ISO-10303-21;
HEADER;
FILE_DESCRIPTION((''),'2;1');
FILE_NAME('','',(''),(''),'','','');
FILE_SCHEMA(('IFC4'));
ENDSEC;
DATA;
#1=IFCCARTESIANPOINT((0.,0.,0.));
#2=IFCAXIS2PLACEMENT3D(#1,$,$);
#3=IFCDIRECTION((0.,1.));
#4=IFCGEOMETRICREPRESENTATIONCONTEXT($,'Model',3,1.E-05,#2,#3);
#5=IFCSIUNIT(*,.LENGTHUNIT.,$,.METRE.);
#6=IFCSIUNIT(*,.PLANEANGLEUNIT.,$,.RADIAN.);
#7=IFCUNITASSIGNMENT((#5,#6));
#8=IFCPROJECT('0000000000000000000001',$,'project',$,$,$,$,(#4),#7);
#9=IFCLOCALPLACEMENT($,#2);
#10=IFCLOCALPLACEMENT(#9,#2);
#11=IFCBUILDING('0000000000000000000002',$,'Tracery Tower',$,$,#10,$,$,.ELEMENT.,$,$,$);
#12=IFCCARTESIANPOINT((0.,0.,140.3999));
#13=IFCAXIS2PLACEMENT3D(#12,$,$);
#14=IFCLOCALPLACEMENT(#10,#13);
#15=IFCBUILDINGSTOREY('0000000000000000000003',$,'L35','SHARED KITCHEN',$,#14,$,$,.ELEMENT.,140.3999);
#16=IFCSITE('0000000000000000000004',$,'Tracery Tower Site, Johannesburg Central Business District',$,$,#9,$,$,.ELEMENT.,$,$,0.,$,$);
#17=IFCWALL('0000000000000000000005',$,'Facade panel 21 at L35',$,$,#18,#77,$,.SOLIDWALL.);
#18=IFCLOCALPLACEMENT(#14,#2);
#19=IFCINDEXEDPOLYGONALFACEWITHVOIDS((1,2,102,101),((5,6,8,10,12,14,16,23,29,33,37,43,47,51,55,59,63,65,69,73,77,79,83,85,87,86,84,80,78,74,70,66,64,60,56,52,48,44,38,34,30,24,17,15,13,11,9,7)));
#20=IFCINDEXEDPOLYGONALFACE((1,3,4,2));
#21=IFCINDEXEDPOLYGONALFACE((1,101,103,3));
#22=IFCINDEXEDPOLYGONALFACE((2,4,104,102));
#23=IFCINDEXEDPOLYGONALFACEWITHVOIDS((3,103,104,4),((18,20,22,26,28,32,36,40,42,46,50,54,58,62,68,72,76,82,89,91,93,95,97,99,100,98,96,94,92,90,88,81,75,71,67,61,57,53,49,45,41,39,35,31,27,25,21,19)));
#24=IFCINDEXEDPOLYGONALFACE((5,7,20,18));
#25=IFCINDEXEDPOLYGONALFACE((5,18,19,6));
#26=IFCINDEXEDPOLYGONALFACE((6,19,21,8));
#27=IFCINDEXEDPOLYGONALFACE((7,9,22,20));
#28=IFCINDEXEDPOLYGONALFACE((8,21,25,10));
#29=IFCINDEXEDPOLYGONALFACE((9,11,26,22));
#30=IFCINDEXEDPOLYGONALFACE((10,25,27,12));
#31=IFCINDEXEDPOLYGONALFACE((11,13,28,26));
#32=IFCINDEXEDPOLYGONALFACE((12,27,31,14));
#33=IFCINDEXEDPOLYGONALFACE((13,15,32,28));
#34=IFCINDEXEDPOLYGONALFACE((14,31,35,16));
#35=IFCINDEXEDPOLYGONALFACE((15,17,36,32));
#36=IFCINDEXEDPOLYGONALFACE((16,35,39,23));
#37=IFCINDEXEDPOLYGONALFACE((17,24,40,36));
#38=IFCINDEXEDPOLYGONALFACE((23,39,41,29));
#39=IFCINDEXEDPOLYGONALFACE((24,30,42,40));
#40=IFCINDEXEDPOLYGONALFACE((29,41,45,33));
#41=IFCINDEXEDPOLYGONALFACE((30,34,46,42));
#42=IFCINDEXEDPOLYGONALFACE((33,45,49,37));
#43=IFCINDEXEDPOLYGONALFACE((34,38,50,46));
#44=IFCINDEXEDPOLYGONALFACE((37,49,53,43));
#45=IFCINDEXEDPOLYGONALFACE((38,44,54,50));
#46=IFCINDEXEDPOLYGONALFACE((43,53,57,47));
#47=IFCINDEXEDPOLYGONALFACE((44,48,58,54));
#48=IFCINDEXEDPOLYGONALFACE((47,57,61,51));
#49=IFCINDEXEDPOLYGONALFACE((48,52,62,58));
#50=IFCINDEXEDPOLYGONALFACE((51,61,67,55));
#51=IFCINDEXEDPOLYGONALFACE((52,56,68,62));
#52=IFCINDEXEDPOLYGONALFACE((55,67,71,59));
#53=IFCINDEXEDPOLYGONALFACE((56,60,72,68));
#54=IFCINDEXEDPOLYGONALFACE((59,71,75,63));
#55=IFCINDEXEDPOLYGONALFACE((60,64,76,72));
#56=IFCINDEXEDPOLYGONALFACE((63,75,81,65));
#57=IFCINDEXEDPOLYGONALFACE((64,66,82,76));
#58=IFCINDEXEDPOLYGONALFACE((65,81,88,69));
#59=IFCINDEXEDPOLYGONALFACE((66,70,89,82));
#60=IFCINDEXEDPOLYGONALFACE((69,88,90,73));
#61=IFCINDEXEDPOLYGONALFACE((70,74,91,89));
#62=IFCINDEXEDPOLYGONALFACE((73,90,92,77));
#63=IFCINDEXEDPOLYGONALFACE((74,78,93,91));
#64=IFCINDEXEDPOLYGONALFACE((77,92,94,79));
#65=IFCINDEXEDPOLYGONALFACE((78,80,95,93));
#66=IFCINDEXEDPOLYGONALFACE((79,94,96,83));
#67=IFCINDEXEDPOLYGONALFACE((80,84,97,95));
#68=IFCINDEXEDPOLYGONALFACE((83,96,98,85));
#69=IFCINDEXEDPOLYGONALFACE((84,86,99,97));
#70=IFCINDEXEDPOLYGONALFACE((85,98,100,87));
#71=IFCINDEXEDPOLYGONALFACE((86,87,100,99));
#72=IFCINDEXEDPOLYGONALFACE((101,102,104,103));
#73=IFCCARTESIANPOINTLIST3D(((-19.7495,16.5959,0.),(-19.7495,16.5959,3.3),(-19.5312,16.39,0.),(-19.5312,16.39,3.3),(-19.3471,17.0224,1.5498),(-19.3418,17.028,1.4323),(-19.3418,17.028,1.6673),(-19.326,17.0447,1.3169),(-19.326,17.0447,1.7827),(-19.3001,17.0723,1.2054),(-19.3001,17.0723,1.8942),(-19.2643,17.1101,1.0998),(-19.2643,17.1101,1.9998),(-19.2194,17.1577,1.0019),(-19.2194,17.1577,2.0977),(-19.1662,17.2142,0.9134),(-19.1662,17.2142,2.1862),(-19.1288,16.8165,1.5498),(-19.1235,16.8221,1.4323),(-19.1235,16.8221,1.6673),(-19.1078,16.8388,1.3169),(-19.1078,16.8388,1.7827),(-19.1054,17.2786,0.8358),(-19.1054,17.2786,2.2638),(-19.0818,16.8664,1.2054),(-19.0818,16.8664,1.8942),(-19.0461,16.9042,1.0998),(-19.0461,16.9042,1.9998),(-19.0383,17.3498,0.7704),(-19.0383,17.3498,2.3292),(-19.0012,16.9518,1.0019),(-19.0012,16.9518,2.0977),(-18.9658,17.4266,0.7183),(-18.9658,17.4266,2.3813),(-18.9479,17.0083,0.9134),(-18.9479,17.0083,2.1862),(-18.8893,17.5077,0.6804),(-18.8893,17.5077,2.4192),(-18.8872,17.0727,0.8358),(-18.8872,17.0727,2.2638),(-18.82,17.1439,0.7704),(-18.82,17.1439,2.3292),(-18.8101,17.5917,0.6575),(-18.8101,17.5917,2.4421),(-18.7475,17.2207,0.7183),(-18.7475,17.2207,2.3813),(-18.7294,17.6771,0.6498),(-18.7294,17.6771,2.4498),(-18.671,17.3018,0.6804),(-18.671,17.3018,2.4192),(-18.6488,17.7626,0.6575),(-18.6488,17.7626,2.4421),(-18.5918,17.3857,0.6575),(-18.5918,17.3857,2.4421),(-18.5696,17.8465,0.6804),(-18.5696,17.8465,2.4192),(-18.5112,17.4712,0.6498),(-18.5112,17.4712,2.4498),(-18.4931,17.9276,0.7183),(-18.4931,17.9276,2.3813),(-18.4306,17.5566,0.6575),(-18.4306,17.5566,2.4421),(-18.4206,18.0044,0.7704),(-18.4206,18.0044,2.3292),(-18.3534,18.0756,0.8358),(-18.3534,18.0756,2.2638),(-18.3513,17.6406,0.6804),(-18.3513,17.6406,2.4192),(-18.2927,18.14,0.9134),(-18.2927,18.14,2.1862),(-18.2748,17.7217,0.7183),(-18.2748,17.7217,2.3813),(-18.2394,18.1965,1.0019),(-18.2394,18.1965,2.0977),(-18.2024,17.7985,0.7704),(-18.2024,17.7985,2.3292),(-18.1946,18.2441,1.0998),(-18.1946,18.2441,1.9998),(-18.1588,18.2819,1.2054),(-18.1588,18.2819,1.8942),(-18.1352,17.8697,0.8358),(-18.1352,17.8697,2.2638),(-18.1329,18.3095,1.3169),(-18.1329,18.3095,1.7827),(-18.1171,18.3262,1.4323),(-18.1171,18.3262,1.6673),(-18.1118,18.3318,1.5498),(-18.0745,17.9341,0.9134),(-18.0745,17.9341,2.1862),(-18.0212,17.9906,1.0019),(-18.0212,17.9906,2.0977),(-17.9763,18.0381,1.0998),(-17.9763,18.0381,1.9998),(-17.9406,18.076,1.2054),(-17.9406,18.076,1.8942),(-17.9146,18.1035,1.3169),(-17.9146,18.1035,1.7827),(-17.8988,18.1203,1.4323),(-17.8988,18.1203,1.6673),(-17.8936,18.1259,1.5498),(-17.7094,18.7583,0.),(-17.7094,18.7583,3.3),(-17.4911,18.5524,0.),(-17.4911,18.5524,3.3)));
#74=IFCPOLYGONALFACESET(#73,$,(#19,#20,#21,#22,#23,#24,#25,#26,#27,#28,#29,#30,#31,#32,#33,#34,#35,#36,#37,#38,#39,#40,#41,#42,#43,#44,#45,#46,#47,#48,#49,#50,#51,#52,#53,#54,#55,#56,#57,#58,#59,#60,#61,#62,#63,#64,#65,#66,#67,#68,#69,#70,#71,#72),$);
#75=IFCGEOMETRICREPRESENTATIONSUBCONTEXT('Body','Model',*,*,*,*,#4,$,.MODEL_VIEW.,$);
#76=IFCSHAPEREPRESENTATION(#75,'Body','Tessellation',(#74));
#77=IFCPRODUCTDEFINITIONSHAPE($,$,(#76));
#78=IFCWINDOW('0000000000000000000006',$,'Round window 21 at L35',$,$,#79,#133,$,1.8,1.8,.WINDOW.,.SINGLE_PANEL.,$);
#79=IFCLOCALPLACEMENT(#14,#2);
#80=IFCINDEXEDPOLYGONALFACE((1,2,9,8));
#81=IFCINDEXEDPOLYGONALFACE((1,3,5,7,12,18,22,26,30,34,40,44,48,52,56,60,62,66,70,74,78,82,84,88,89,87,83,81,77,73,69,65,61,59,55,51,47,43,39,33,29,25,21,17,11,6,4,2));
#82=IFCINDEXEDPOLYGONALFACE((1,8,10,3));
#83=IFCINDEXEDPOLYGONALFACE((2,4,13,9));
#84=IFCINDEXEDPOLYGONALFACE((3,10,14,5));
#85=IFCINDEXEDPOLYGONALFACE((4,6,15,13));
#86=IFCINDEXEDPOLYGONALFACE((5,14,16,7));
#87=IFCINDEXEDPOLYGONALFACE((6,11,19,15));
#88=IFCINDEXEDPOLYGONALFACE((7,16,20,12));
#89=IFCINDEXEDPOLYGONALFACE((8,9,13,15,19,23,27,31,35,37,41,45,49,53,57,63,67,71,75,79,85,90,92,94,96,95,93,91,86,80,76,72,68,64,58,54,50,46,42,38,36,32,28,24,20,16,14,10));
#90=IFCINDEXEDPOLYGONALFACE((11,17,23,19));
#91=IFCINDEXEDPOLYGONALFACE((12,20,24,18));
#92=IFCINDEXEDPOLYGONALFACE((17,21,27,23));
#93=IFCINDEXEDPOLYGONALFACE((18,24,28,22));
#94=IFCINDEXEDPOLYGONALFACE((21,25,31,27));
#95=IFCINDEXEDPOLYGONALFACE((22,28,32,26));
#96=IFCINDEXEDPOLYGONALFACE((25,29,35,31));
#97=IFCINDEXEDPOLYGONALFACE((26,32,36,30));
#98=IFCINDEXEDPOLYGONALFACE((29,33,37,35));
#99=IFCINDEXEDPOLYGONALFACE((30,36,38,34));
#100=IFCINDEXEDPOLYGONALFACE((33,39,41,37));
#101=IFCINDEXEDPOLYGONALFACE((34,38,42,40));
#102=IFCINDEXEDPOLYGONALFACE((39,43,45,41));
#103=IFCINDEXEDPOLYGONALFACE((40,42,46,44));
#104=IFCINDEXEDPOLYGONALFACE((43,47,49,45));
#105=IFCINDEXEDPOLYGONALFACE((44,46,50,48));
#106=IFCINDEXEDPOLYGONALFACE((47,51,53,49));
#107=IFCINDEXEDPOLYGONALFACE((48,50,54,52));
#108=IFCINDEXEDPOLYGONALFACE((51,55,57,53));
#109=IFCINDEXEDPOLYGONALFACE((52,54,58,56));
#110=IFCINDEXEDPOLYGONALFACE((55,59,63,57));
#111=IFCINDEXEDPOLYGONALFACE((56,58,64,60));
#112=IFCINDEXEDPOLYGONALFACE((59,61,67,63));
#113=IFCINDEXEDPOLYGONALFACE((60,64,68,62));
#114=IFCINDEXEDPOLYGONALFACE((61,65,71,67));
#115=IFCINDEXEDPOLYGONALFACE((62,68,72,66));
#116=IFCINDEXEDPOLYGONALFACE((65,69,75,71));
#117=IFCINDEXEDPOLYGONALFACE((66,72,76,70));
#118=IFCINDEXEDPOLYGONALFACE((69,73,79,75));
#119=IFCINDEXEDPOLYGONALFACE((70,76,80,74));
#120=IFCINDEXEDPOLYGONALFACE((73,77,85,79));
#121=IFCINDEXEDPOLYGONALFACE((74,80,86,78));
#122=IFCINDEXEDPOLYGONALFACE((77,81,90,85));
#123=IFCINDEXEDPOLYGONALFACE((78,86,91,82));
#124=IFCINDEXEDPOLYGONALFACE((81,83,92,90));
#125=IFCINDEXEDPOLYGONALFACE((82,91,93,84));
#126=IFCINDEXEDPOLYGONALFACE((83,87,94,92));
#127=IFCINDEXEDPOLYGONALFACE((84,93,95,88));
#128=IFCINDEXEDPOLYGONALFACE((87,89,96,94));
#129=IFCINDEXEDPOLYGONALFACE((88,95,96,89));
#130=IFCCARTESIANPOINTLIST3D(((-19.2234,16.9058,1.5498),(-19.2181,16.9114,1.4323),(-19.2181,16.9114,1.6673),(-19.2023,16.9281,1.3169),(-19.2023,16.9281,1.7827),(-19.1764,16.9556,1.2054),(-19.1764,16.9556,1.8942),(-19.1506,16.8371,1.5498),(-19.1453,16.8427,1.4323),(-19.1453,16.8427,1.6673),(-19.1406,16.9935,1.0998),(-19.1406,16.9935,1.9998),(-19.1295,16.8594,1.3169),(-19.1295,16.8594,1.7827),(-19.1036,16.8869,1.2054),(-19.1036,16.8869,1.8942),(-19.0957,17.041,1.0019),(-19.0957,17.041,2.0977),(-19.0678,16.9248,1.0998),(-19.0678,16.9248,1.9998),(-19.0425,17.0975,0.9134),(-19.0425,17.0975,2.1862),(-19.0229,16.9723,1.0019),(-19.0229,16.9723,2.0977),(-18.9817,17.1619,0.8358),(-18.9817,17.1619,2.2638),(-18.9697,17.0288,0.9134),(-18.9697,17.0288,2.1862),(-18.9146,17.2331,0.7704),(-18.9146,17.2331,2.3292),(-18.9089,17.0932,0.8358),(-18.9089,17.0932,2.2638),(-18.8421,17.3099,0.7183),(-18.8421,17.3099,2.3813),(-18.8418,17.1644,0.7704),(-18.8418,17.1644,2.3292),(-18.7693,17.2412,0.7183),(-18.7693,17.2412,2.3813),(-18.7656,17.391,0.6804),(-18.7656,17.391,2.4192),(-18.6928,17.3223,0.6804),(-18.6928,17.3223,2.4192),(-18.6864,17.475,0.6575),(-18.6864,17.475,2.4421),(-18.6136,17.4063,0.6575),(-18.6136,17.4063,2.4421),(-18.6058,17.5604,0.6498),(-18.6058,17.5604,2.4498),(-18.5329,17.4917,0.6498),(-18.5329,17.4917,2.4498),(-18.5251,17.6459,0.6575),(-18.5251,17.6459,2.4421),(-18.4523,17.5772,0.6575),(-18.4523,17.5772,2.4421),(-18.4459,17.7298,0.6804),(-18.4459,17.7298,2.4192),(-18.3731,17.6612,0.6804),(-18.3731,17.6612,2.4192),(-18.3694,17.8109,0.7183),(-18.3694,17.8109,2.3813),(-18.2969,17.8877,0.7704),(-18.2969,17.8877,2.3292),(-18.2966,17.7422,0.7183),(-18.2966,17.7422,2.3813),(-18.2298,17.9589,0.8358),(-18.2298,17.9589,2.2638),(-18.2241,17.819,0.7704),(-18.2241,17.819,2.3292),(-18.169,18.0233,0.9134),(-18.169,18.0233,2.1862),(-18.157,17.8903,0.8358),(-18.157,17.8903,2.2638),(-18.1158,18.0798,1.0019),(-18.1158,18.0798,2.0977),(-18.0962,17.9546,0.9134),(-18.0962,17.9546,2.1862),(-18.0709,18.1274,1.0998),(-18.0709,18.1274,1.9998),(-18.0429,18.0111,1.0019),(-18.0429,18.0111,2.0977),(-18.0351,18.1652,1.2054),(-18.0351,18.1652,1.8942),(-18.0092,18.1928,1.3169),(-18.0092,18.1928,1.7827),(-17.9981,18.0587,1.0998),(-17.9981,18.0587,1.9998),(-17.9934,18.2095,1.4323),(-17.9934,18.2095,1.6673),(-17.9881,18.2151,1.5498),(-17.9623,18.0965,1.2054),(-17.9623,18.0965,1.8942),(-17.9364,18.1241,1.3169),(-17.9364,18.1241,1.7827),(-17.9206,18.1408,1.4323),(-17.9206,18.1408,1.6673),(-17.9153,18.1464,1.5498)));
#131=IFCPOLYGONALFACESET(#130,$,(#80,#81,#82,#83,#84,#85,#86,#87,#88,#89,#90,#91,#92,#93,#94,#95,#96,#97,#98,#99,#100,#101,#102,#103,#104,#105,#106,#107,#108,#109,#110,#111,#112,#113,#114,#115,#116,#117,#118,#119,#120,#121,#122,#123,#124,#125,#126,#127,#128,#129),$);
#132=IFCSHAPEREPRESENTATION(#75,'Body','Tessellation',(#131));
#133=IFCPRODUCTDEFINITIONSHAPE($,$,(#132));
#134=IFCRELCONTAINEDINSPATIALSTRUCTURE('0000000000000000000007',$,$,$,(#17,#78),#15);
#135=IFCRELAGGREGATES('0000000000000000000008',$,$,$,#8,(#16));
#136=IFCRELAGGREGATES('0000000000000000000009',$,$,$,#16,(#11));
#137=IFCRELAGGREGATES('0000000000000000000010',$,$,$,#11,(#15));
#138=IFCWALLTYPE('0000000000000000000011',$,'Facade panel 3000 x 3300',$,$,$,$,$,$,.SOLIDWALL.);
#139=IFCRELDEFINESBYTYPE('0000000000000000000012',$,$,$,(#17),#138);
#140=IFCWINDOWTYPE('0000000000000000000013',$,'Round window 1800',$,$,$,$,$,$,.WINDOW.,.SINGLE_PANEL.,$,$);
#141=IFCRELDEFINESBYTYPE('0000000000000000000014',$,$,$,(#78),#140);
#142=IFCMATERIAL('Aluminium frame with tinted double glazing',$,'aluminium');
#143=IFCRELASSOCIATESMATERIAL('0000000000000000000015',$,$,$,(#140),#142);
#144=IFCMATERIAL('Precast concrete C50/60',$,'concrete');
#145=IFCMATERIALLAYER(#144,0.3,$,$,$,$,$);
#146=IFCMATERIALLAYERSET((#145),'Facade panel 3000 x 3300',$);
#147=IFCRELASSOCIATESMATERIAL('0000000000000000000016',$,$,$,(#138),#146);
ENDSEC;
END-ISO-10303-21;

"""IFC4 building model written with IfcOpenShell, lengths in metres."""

from ifc_helpers import new_model, si_unit, direction, frame, frame_2d, origin, origin_2d, place, context, subcontext, project, spatial, rectangle, circle, extrude, material, layer, layer_set, type_object, element, fill, save


model = new_model("IFC4")

# Units and contexts
model_context = context("Model", 3, precision=1e-05, world=origin(), true_north=direction((0.0, 1.0)))
body_context = subcontext(model_context, "Body", "Model", "MODEL_VIEW")
ifc_project = project(units=[si_unit("LENGTHUNIT", "METRE"), si_unit("PLANEANGLEUNIT", "RADIAN")], contexts=[model_context])

# Site, building, storey
site_placement = place(None, origin())
site = spatial("IfcSite", under=ifc_project, at=site_placement, Name="Tracery Tower Site, Johannesburg Central Business District", CompositionType="ELEMENT", RefElevation=0.0)
building_placement = place(site_placement, origin())
building = spatial("IfcBuilding", under=site, at=building_placement, Name="Tracery Tower", CompositionType="ELEMENT")
storey_placement = place(building_placement, frame((0.0, 0.0, 140.3999)))
storey = spatial("IfcBuildingStorey", under=building, at=storey_placement, Name="L35", Description="SHARED KITCHEN", CompositionType="ELEMENT", Elevation=140.3999)

# Wall, opening, window
ifc_material_1 = material(Name="Aluminium frame with tinted double glazing", Category="aluminium")
window_type = type_object("IfcWindowType", Name="Round window 1800", PartitioningType="SINGLE_PANEL", PredefinedType="WINDOW", material=ifc_material_1)
ifc_material_2 = material(Name="Precast concrete C50/60", Category="concrete")
ifc_layer_1 = layer(ifc_material_2, 0.3)
ifc_layer_set_1 = layer_set([ifc_layer_1], Name="Facade panel 3000 x 3300")
wall_type_1 = type_object("IfcWallType", Name="Facade panel 3000 x 3300", PredefinedType="SOLIDWALL", material=ifc_layer_set_1)
wall_1_placement = place(storey_placement, frame((-17.6003, 18.6553, 0.0), z_axis=(0.0, 0.0, 1.0), x_axis=(-0.686235, -0.72738, 0.0)))
wall_1 = element("IfcWall", 1, at=wall_1_placement, inside=storey, type_object=wall_type_1, Name="Facade panel 21 at L35", PredefinedType="SOLIDWALL", context=body_context, shape_type="SweptSolid", body=[
    extrude(rectangle(XDim=2.9729, YDim=0.3, at=frame_2d((1.4863, 0.0))), origin(), (0.0, 0.0, 1.0), 3.3),
])
opening_1_placement = place(wall_1_placement, frame((1.4863, 0.0, 1.5498)))
opening_1 = element("IfcOpeningElement", 2, at=opening_1_placement, cuts=wall_1, PredefinedType="OPENING", context=body_context, shape_type="SweptSolid", body=[
    extrude(circle(Radius=0.9, at=origin_2d()), frame((0.0, 0.1599, 0.0), z_axis=(0.0, -1.0, 0.0), x_axis=(1.0, 0.0, 0.0)), (0.0, 0.0, 1.0), 0.3201),
])
window_1_placement = place(opening_1_placement, origin())
window_1 = element("IfcWindow", 3, at=window_1_placement, inside=storey, type_object=window_type, Name="Round window 21 at L35", OverallHeight=1.8, OverallWidth=1.8, PartitioningType="SINGLE_PANEL", PredefinedType="WINDOW", context=body_context, shape_type="SweptSolid", body=[
    extrude(circle(Radius=0.9, at=origin_2d()), frame((0.0, 0.1201, 0.0), z_axis=(0.0, -1.0, 0.0), x_axis=(1.0, 0.0, 0.0)), (0.0, 0.0, 1.0), 0.1001),
])
fill(opening_1, window_1)

save(model, "model.ifc")
